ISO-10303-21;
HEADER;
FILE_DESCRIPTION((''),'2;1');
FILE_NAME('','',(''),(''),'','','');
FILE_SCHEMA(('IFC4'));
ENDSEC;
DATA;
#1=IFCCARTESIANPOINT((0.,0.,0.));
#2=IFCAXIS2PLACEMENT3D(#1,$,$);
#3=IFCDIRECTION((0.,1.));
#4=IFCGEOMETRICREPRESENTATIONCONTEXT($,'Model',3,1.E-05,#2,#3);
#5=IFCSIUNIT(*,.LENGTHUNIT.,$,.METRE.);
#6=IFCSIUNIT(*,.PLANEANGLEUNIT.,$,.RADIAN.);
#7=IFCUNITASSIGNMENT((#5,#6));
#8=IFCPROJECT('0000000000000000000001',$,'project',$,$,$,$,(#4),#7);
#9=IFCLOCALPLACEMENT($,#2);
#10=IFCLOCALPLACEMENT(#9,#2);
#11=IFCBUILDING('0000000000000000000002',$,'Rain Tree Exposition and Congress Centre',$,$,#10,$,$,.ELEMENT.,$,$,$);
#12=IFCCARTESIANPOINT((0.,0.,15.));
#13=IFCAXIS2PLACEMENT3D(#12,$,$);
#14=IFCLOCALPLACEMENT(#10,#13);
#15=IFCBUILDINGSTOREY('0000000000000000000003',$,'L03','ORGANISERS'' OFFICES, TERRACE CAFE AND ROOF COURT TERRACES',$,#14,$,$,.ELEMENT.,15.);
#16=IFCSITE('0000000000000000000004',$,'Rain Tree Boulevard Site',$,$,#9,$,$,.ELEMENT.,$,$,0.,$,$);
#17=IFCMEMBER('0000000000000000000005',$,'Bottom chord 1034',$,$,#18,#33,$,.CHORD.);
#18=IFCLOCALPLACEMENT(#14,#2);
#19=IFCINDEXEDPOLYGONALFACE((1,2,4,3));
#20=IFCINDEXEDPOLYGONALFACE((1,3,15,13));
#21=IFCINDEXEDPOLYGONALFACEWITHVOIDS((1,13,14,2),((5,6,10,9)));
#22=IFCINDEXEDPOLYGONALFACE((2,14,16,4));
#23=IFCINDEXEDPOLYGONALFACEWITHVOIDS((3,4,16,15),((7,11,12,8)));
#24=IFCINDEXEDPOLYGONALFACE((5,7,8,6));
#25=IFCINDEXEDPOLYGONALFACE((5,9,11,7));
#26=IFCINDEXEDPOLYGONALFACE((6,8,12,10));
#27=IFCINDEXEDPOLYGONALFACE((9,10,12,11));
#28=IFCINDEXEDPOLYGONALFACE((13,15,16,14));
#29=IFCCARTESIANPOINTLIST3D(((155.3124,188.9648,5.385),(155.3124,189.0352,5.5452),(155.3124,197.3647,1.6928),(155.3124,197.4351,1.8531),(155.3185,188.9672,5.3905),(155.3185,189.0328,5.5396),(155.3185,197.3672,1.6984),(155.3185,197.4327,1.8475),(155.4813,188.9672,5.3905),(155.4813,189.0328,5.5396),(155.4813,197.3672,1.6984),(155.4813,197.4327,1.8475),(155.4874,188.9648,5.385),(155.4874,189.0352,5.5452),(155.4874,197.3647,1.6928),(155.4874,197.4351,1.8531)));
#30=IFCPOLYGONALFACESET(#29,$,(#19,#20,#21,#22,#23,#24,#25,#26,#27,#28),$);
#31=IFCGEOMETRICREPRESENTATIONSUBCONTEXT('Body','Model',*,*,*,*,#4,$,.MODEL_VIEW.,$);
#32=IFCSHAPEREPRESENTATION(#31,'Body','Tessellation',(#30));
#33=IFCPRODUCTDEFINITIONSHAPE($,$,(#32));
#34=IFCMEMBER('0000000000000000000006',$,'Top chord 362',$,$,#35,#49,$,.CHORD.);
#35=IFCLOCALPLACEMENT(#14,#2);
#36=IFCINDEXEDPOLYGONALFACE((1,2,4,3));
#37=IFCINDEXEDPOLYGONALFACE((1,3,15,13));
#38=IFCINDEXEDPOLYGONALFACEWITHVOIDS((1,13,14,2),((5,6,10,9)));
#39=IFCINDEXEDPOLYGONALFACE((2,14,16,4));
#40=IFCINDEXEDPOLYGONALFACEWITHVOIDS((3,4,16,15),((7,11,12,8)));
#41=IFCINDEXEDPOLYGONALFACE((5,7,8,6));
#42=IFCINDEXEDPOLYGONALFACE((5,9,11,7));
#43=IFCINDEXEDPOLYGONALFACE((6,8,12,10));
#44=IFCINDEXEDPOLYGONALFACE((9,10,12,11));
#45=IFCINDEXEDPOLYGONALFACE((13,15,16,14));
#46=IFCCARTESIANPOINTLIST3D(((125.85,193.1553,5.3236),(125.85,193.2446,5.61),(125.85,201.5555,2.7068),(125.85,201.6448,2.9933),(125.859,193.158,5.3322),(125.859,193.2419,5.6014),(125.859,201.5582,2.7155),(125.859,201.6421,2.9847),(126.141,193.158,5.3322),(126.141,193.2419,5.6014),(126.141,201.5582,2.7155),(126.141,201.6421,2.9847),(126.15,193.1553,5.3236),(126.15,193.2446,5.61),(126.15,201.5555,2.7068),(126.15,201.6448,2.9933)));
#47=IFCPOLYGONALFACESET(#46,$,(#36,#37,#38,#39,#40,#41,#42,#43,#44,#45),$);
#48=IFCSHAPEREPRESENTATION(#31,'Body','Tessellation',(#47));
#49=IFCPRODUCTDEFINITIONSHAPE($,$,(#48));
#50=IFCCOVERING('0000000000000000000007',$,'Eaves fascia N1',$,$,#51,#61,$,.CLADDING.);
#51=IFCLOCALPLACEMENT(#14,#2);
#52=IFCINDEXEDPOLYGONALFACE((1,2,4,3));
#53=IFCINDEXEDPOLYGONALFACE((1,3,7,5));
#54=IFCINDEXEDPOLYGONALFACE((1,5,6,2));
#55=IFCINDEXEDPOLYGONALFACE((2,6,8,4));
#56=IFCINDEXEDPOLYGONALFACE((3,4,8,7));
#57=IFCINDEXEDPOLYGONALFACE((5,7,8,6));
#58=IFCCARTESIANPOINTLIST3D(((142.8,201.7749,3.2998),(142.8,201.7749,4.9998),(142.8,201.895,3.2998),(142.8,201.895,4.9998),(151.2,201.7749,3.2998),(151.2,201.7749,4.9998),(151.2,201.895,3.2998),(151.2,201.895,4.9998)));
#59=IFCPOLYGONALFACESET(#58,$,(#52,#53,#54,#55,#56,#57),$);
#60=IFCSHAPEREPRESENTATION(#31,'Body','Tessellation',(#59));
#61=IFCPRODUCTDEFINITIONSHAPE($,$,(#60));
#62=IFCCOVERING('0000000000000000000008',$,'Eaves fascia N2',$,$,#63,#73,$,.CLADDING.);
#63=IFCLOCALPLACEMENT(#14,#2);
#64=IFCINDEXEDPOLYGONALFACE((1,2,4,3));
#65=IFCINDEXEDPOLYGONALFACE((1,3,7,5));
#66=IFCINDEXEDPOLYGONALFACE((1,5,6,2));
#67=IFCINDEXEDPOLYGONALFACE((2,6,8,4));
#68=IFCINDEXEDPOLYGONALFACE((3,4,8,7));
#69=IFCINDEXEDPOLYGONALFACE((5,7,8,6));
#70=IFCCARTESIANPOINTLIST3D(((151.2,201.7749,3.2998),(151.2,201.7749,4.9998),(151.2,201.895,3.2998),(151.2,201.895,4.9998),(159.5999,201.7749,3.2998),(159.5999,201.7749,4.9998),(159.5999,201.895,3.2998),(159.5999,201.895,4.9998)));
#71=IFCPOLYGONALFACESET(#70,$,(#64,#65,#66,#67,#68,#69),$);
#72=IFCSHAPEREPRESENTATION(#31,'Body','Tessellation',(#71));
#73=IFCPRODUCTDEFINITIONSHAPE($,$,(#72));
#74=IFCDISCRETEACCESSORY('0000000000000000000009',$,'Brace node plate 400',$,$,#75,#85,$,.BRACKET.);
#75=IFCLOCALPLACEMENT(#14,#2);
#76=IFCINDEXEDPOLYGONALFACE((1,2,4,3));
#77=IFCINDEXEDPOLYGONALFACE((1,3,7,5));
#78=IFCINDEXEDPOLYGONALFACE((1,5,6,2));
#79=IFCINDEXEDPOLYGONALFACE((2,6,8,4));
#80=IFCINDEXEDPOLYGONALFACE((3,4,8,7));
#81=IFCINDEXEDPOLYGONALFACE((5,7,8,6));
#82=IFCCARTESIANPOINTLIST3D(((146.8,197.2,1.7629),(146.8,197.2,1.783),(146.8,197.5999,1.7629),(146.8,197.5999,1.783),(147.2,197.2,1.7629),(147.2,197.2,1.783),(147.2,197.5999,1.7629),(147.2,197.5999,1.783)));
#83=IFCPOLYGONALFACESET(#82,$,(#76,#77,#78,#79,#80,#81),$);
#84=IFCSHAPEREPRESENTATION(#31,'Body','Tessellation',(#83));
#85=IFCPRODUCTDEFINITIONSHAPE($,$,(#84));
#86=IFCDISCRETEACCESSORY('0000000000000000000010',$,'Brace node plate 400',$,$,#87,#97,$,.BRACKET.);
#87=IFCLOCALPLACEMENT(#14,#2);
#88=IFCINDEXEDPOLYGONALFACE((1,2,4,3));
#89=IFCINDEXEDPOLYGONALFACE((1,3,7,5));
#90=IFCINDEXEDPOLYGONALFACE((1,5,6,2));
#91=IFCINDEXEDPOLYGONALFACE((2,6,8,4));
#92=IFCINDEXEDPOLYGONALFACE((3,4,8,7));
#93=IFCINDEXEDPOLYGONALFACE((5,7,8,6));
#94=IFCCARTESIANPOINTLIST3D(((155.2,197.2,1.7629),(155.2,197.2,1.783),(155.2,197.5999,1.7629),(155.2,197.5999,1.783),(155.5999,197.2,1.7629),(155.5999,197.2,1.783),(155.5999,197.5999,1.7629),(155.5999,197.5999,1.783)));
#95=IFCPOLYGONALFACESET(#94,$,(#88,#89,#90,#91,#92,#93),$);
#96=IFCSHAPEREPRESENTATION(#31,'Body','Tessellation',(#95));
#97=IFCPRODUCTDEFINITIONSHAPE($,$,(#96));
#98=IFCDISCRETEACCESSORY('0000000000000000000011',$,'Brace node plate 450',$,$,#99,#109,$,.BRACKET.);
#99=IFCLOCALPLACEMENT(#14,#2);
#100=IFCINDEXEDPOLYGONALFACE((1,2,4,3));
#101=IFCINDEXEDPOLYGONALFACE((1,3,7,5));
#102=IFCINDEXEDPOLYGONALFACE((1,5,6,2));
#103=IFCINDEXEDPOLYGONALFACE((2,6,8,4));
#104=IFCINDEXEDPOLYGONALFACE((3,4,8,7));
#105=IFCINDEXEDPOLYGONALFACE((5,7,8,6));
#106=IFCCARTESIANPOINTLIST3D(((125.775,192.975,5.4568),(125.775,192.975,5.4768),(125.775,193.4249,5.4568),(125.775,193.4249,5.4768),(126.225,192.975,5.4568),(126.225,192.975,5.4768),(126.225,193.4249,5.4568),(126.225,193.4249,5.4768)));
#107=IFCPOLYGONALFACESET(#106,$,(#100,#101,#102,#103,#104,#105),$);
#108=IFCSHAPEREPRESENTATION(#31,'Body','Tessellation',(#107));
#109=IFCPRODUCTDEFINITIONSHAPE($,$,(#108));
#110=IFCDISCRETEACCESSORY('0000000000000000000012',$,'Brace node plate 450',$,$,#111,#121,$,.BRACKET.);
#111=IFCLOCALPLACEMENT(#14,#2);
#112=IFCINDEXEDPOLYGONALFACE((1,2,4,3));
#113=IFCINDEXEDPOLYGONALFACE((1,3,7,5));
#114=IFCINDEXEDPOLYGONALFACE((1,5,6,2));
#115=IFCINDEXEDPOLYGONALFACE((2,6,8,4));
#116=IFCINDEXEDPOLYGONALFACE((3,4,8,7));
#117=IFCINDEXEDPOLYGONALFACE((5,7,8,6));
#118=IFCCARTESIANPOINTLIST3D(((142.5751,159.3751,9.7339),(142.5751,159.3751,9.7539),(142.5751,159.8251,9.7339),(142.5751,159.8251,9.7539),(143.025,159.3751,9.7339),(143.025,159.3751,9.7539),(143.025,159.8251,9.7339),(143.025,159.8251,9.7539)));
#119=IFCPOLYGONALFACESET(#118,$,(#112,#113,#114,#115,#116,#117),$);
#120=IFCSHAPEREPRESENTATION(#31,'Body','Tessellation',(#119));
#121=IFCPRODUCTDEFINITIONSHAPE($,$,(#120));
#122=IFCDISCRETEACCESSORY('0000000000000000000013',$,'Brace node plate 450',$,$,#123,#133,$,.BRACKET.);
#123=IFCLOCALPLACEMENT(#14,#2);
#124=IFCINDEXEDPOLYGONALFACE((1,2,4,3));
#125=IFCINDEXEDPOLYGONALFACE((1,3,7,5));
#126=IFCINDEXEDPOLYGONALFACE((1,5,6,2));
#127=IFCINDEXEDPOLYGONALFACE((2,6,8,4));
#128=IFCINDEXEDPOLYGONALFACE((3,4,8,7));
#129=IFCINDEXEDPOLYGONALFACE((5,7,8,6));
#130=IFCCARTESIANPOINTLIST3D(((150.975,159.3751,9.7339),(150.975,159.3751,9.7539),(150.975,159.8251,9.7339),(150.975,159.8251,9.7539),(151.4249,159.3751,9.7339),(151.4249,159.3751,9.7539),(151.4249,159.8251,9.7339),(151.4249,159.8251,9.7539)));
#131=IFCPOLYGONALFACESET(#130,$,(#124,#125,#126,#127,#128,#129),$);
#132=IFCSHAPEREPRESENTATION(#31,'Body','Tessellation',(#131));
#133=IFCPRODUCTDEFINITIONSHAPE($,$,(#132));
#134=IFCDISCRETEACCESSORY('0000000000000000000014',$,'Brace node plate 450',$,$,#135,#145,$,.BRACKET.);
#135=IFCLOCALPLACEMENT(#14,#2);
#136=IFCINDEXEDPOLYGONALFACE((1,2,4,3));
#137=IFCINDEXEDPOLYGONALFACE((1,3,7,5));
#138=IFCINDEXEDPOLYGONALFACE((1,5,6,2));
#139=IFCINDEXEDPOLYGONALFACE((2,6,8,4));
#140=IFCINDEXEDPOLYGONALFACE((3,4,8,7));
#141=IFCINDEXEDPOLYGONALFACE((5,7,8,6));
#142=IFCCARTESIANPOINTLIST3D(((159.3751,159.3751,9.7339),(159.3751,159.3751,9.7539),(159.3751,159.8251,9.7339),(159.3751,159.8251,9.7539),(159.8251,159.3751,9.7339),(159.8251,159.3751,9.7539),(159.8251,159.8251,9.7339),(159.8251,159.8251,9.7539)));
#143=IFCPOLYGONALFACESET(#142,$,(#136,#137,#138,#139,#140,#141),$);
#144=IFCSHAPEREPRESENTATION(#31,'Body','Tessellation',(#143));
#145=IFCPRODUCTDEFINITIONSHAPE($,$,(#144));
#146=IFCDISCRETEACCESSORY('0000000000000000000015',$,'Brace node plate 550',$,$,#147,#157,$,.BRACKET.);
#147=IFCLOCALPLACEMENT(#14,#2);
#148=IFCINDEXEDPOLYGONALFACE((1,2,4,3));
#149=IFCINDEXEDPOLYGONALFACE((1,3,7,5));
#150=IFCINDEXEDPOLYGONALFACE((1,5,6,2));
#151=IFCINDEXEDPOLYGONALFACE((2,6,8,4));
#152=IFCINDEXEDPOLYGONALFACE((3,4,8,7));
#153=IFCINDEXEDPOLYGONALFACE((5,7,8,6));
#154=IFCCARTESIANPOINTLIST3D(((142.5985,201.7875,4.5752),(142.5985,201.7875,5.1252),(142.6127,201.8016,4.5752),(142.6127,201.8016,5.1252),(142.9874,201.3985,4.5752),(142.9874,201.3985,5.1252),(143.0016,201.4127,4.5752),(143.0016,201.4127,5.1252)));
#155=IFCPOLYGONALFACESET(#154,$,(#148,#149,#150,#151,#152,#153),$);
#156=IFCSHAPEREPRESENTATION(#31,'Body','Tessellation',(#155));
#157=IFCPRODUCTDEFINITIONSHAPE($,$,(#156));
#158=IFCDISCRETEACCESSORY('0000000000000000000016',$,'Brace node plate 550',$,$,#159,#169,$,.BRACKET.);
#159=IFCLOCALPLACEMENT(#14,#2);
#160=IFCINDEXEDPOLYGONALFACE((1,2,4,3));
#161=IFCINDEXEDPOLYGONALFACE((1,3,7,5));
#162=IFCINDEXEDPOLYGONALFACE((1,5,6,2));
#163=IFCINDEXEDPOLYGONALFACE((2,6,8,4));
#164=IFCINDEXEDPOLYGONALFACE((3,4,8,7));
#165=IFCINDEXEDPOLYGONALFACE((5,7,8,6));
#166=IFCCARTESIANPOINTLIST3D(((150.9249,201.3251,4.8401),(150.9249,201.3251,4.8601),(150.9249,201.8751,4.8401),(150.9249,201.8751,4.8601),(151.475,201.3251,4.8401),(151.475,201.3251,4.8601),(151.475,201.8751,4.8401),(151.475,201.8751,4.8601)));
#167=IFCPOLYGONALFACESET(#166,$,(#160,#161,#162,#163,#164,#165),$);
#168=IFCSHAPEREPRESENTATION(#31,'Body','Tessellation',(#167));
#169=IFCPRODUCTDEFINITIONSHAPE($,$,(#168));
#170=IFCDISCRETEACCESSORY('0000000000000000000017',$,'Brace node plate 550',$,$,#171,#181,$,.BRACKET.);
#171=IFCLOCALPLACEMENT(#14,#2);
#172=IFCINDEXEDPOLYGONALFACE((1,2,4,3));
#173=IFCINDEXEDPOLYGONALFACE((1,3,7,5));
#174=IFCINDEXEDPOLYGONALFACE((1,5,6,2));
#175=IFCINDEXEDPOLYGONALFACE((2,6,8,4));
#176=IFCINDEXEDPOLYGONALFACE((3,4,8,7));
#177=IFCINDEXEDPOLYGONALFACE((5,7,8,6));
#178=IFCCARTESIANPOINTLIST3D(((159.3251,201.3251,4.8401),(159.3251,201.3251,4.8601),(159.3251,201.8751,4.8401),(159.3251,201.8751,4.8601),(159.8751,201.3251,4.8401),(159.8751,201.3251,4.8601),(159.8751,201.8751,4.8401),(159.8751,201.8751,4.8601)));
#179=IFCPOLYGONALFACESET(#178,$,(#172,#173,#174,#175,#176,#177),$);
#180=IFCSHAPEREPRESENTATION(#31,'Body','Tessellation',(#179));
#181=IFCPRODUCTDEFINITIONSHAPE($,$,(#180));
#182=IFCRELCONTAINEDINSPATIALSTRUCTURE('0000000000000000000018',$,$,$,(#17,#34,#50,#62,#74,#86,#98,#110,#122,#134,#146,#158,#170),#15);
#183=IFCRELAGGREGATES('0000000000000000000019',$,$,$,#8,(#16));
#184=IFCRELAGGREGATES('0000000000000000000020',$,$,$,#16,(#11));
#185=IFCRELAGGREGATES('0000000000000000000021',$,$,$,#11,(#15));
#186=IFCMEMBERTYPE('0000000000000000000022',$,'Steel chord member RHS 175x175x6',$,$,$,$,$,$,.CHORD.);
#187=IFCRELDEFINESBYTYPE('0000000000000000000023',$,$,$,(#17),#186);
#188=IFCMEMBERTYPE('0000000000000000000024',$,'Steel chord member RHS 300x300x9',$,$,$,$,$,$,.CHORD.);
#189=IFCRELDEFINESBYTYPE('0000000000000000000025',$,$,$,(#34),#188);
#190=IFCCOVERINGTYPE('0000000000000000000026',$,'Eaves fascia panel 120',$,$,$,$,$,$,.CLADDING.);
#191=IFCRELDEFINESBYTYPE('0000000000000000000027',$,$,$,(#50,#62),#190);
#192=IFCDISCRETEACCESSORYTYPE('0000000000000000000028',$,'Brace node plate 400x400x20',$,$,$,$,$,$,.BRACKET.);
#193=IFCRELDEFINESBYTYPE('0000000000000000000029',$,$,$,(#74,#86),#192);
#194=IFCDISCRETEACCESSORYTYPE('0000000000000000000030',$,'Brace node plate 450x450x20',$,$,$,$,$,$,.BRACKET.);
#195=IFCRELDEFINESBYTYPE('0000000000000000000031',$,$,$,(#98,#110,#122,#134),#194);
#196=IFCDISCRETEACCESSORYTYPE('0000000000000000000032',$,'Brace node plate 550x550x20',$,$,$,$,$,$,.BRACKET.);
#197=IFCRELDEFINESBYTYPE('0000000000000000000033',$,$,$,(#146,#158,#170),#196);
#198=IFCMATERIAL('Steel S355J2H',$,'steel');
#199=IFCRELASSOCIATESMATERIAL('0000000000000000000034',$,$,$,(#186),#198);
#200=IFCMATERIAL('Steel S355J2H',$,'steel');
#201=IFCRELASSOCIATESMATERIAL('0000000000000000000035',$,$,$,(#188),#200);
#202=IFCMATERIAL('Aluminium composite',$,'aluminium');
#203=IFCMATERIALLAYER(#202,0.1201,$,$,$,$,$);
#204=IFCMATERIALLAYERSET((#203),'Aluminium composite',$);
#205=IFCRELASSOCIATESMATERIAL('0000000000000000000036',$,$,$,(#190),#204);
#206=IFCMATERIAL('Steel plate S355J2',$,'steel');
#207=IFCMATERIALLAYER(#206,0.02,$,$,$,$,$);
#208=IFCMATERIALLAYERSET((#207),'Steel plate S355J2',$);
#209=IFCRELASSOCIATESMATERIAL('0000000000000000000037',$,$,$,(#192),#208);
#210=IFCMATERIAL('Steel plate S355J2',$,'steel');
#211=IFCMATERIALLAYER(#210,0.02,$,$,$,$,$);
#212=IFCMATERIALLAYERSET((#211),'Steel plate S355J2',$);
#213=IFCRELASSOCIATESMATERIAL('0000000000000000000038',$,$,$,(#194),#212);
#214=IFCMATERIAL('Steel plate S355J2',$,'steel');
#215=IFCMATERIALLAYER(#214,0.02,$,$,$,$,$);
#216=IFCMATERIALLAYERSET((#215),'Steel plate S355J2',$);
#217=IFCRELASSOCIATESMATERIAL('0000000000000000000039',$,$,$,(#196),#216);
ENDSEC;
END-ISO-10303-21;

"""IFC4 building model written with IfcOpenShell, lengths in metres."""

from ifc_helpers import new_model, si_unit, direction, frame, origin, origin_2d, place, context, subcontext, project, spatial, rectangle, hollow_rectangle, extrude, material, layer, layer_set, material_profile, profile_set, type_object, element, save


model = new_model("IFC4")

# Units and contexts
model_context = context("Model", 3, precision=1e-05, world=origin(), true_north=direction((0.0, 1.0)))
body_context = subcontext(model_context, "Body", "Model", "MODEL_VIEW")
ifc_project = project(units=[si_unit("LENGTHUNIT", "METRE"), si_unit("PLANEANGLEUNIT", "RADIAN")], contexts=[model_context])

# Site, building, storey
site_placement = place(None, origin())
site = spatial("IfcSite", under=ifc_project, at=site_placement, Name="Rain Tree Boulevard Site", CompositionType="ELEMENT", RefElevation=0.0)
building_placement = place(site_placement, origin())
building = spatial("IfcBuilding", under=site, at=building_placement, Name="Rain Tree Exposition and Congress Centre", CompositionType="ELEMENT")
storey_placement = place(building_placement, frame((0.0, 0.0, 15.0)))
storey = spatial("IfcBuildingStorey", under=building, at=storey_placement, Name="L03", Description="ORGANISERS' OFFICES, TERRACE CAFE AND ROOF COURT TERRACES", CompositionType="ELEMENT", Elevation=15.0)

# Members
ifc_material_1 = material(Name="Steel S355J2H", Category="steel")
ifc_material_profile_1 = material_profile(ifc_material_1, hollow_rectangle(XDim=0.175, YDim=0.175, WallThickness=0.0061, at=origin_2d()), Name="RHS 175x175x6")
ifc_profile_set_1 = profile_set([ifc_material_profile_1], Name="Steel S355J2H")
member_type_1 = type_object("IfcMemberType", Name="Steel chord member RHS 175x175x6", PredefinedType="CHORD", material=ifc_profile_set_1)
for number, where, z_axis, x_axis, name in (
    (1, (155.3999, 189.0, 5.4651), (0.0, 0.915468, -0.40239), (-1.0, 0.0, 0.0), "Bottom chord 1034"),
):
    element("IfcMember", number, at=place(storey_placement, frame(where, z_axis=z_axis, x_axis=x_axis)), inside=storey, type_object=member_type_1, Name=name, PredefinedType="CHORD", context=body_context, shape_type="SweptSolid", body=[
        extrude(hollow_rectangle(XDim=0.175, YDim=0.175, WallThickness=0.0061, at=origin_2d()), origin(), (0.0, 0.0, 1.0), 9.1755),
    ])
ifc_material_2 = material(Name="Steel S355J2H", Category="steel")
ifc_material_profile_2 = material_profile(ifc_material_2, hollow_rectangle(XDim=0.3, YDim=0.3, WallThickness=0.009, at=origin_2d()), Name="RHS 300x300x9")
ifc_profile_set_2 = profile_set([ifc_material_profile_2], Name="Steel S355J2H")
member_type_2 = type_object("IfcMemberType", Name="Steel chord member RHS 300x300x9", PredefinedType="CHORD", material=ifc_profile_set_2)
member_1_placement = place(storey_placement, frame((126.0, 193.2, 5.4668), z_axis=(0.0, 0.95475, -0.297411), x_axis=(-1.0, 0.0, 0.0)))
element("IfcMember", 2, at=member_1_placement, inside=storey, type_object=member_type_2, Name="Top chord 362", PredefinedType="CHORD", context=body_context, shape_type="SweptSolid", body=[
    extrude(hollow_rectangle(XDim=0.3, YDim=0.3, WallThickness=0.009, at=origin_2d()), origin(), (0.0, 0.0, 1.0), 8.7983),
])

# Coverings
ifc_material_3 = material(Name="Aluminium composite", Category="aluminium")
ifc_layer_1 = layer(ifc_material_3, 0.1201)
ifc_layer_set_1 = layer_set([ifc_layer_1], Name="Aluminium composite")
covering_type = type_object("IfcCoveringType", Name="Eaves fascia panel 120", PredefinedType="CLADDING", material=ifc_layer_set_1)
for number, where, z_axis, x_axis, name in (
    (3, (147.0, 201.835, 3.2998), (0.0, 0.0, 1.0), (1.0, 0.0, 0.0), "Eaves fascia N1"),
    (4, (155.3999, 201.835, 3.2998), (0.0, 0.0, 1.0), (1.0, 0.0, 0.0), "Eaves fascia N2"),
):
    element("IfcCovering", number, at=place(storey_placement, frame(where, z_axis=z_axis, x_axis=x_axis)), inside=storey, type_object=covering_type, Name=name, PredefinedType="CLADDING", context=body_context, shape_type="SweptSolid", body=[
        extrude(rectangle(XDim=8.3999, YDim=0.1201, at=origin_2d()), origin(), (0.0, 0.0, 1.0), 1.7),
    ])

# Discrete accessories
ifc_material_4 = material(Name="Steel plate S355J2", Category="steel")
ifc_layer_2 = layer(ifc_material_4, 0.02)
ifc_layer_set_2 = layer_set([ifc_layer_2], Name="Steel plate S355J2")
discrete_accessory_type_1 = type_object("IfcDiscreteAccessoryType", Name="Brace node plate 400x400x20", PredefinedType="BRACKET", material=ifc_layer_set_2)
for number, where, z_axis, x_axis, name in (
    (5, (147.0, 197.3999, 1.7629), (0.0, 0.0, 1.0), (1.0, 0.0, 0.0), "Brace node plate 400"),
    (6, (155.3999, 197.3999, 1.7629), (0.0, 0.0, 1.0), (1.0, 0.0, 0.0), "Brace node plate 400"),
):
    element("IfcDiscreteAccessory", number, at=place(storey_placement, frame(where, z_axis=z_axis, x_axis=x_axis)), inside=storey, type_object=discrete_accessory_type_1, Name=name, PredefinedType="BRACKET", context=body_context, shape_type="SweptSolid", body=[
        extrude(rectangle(XDim=0.3999, YDim=0.3999, at=origin_2d()), origin(), (0.0, 0.0, 1.0), 0.02),
    ])
ifc_material_5 = material(Name="Steel plate S355J2", Category="steel")
ifc_layer_3 = layer(ifc_material_5, 0.02)
ifc_layer_set_3 = layer_set([ifc_layer_3], Name="Steel plate S355J2")
discrete_accessory_type_2 = type_object("IfcDiscreteAccessoryType", Name="Brace node plate 450x450x20", PredefinedType="BRACKET", material=ifc_layer_set_3)
for number, where, z_axis, x_axis, name in (
    (7, (126.0, 193.2, 5.4568), (0.0, 0.0, 1.0), (1.0, 0.0, 0.0), "Brace node plate 450"),
    (8, (142.8, 159.6001, 9.7339), (0.0, 0.0, 1.0), (1.0, 0.0, 0.0), "Brace node plate 450"),
    (9, (151.2, 159.6001, 9.7339), (0.0, 0.0, 1.0), (1.0, 0.0, 0.0), "Brace node plate 450"),
    (10, (159.6001, 159.6001, 9.7339), (0.0, 0.0, 1.0), (1.0, 0.0, 0.0), "Brace node plate 450"),
):
    element("IfcDiscreteAccessory", number, at=place(storey_placement, frame(where, z_axis=z_axis, x_axis=x_axis)), inside=storey, type_object=discrete_accessory_type_2, Name=name, PredefinedType="BRACKET", context=body_context, shape_type="SweptSolid", body=[
        extrude(rectangle(XDim=0.45, YDim=0.45, at=origin_2d()), origin(), (0.0, 0.0, 1.0), 0.02),
    ])
ifc_material_6 = material(Name="Steel plate S355J2", Category="steel")
ifc_layer_4 = layer(ifc_material_6, 0.02)
ifc_layer_set_4 = layer_set([ifc_layer_4], Name="Steel plate S355J2")
discrete_accessory_type_3 = type_object("IfcDiscreteAccessoryType", Name="Brace node plate 550x550x20", PredefinedType="BRACKET", material=ifc_layer_set_4)
discrete_accessory_1_placement = place(storey_placement, frame((142.8, 201.6001, 4.5752), z_axis=(0.0, 0.0, 1.0), x_axis=(0.707107, -0.707107, 0.0)))
element("IfcDiscreteAccessory", 11, at=discrete_accessory_1_placement, inside=storey, type_object=discrete_accessory_type_3, Name="Brace node plate 550", PredefinedType="BRACKET", context=body_context, shape_type="SweptSolid", body=[
    extrude(rectangle(XDim=0.55, YDim=0.02, at=origin_2d()), origin(), (0.0, 0.0, 1.0), 0.55),
])
for number, where, z_axis, x_axis, name in (
    (12, (151.2, 201.6001, 4.8401), (0.0, 0.0, 1.0), (1.0, 0.0, 0.0), "Brace node plate 550"),
    (13, (159.6001, 201.6001, 4.8401), (0.0, 0.0, 1.0), (1.0, 0.0, 0.0), "Brace node plate 550"),
):
    element("IfcDiscreteAccessory", number, at=place(storey_placement, frame(where, z_axis=z_axis, x_axis=x_axis)), inside=storey, type_object=discrete_accessory_type_3, Name=name, PredefinedType="BRACKET", context=body_context, shape_type="SweptSolid", body=[
        extrude(rectangle(XDim=0.55, YDim=0.55, at=origin_2d()), origin(), (0.0, 0.0, 1.0), 0.02),
    ])

save(model, "model.ifc")
